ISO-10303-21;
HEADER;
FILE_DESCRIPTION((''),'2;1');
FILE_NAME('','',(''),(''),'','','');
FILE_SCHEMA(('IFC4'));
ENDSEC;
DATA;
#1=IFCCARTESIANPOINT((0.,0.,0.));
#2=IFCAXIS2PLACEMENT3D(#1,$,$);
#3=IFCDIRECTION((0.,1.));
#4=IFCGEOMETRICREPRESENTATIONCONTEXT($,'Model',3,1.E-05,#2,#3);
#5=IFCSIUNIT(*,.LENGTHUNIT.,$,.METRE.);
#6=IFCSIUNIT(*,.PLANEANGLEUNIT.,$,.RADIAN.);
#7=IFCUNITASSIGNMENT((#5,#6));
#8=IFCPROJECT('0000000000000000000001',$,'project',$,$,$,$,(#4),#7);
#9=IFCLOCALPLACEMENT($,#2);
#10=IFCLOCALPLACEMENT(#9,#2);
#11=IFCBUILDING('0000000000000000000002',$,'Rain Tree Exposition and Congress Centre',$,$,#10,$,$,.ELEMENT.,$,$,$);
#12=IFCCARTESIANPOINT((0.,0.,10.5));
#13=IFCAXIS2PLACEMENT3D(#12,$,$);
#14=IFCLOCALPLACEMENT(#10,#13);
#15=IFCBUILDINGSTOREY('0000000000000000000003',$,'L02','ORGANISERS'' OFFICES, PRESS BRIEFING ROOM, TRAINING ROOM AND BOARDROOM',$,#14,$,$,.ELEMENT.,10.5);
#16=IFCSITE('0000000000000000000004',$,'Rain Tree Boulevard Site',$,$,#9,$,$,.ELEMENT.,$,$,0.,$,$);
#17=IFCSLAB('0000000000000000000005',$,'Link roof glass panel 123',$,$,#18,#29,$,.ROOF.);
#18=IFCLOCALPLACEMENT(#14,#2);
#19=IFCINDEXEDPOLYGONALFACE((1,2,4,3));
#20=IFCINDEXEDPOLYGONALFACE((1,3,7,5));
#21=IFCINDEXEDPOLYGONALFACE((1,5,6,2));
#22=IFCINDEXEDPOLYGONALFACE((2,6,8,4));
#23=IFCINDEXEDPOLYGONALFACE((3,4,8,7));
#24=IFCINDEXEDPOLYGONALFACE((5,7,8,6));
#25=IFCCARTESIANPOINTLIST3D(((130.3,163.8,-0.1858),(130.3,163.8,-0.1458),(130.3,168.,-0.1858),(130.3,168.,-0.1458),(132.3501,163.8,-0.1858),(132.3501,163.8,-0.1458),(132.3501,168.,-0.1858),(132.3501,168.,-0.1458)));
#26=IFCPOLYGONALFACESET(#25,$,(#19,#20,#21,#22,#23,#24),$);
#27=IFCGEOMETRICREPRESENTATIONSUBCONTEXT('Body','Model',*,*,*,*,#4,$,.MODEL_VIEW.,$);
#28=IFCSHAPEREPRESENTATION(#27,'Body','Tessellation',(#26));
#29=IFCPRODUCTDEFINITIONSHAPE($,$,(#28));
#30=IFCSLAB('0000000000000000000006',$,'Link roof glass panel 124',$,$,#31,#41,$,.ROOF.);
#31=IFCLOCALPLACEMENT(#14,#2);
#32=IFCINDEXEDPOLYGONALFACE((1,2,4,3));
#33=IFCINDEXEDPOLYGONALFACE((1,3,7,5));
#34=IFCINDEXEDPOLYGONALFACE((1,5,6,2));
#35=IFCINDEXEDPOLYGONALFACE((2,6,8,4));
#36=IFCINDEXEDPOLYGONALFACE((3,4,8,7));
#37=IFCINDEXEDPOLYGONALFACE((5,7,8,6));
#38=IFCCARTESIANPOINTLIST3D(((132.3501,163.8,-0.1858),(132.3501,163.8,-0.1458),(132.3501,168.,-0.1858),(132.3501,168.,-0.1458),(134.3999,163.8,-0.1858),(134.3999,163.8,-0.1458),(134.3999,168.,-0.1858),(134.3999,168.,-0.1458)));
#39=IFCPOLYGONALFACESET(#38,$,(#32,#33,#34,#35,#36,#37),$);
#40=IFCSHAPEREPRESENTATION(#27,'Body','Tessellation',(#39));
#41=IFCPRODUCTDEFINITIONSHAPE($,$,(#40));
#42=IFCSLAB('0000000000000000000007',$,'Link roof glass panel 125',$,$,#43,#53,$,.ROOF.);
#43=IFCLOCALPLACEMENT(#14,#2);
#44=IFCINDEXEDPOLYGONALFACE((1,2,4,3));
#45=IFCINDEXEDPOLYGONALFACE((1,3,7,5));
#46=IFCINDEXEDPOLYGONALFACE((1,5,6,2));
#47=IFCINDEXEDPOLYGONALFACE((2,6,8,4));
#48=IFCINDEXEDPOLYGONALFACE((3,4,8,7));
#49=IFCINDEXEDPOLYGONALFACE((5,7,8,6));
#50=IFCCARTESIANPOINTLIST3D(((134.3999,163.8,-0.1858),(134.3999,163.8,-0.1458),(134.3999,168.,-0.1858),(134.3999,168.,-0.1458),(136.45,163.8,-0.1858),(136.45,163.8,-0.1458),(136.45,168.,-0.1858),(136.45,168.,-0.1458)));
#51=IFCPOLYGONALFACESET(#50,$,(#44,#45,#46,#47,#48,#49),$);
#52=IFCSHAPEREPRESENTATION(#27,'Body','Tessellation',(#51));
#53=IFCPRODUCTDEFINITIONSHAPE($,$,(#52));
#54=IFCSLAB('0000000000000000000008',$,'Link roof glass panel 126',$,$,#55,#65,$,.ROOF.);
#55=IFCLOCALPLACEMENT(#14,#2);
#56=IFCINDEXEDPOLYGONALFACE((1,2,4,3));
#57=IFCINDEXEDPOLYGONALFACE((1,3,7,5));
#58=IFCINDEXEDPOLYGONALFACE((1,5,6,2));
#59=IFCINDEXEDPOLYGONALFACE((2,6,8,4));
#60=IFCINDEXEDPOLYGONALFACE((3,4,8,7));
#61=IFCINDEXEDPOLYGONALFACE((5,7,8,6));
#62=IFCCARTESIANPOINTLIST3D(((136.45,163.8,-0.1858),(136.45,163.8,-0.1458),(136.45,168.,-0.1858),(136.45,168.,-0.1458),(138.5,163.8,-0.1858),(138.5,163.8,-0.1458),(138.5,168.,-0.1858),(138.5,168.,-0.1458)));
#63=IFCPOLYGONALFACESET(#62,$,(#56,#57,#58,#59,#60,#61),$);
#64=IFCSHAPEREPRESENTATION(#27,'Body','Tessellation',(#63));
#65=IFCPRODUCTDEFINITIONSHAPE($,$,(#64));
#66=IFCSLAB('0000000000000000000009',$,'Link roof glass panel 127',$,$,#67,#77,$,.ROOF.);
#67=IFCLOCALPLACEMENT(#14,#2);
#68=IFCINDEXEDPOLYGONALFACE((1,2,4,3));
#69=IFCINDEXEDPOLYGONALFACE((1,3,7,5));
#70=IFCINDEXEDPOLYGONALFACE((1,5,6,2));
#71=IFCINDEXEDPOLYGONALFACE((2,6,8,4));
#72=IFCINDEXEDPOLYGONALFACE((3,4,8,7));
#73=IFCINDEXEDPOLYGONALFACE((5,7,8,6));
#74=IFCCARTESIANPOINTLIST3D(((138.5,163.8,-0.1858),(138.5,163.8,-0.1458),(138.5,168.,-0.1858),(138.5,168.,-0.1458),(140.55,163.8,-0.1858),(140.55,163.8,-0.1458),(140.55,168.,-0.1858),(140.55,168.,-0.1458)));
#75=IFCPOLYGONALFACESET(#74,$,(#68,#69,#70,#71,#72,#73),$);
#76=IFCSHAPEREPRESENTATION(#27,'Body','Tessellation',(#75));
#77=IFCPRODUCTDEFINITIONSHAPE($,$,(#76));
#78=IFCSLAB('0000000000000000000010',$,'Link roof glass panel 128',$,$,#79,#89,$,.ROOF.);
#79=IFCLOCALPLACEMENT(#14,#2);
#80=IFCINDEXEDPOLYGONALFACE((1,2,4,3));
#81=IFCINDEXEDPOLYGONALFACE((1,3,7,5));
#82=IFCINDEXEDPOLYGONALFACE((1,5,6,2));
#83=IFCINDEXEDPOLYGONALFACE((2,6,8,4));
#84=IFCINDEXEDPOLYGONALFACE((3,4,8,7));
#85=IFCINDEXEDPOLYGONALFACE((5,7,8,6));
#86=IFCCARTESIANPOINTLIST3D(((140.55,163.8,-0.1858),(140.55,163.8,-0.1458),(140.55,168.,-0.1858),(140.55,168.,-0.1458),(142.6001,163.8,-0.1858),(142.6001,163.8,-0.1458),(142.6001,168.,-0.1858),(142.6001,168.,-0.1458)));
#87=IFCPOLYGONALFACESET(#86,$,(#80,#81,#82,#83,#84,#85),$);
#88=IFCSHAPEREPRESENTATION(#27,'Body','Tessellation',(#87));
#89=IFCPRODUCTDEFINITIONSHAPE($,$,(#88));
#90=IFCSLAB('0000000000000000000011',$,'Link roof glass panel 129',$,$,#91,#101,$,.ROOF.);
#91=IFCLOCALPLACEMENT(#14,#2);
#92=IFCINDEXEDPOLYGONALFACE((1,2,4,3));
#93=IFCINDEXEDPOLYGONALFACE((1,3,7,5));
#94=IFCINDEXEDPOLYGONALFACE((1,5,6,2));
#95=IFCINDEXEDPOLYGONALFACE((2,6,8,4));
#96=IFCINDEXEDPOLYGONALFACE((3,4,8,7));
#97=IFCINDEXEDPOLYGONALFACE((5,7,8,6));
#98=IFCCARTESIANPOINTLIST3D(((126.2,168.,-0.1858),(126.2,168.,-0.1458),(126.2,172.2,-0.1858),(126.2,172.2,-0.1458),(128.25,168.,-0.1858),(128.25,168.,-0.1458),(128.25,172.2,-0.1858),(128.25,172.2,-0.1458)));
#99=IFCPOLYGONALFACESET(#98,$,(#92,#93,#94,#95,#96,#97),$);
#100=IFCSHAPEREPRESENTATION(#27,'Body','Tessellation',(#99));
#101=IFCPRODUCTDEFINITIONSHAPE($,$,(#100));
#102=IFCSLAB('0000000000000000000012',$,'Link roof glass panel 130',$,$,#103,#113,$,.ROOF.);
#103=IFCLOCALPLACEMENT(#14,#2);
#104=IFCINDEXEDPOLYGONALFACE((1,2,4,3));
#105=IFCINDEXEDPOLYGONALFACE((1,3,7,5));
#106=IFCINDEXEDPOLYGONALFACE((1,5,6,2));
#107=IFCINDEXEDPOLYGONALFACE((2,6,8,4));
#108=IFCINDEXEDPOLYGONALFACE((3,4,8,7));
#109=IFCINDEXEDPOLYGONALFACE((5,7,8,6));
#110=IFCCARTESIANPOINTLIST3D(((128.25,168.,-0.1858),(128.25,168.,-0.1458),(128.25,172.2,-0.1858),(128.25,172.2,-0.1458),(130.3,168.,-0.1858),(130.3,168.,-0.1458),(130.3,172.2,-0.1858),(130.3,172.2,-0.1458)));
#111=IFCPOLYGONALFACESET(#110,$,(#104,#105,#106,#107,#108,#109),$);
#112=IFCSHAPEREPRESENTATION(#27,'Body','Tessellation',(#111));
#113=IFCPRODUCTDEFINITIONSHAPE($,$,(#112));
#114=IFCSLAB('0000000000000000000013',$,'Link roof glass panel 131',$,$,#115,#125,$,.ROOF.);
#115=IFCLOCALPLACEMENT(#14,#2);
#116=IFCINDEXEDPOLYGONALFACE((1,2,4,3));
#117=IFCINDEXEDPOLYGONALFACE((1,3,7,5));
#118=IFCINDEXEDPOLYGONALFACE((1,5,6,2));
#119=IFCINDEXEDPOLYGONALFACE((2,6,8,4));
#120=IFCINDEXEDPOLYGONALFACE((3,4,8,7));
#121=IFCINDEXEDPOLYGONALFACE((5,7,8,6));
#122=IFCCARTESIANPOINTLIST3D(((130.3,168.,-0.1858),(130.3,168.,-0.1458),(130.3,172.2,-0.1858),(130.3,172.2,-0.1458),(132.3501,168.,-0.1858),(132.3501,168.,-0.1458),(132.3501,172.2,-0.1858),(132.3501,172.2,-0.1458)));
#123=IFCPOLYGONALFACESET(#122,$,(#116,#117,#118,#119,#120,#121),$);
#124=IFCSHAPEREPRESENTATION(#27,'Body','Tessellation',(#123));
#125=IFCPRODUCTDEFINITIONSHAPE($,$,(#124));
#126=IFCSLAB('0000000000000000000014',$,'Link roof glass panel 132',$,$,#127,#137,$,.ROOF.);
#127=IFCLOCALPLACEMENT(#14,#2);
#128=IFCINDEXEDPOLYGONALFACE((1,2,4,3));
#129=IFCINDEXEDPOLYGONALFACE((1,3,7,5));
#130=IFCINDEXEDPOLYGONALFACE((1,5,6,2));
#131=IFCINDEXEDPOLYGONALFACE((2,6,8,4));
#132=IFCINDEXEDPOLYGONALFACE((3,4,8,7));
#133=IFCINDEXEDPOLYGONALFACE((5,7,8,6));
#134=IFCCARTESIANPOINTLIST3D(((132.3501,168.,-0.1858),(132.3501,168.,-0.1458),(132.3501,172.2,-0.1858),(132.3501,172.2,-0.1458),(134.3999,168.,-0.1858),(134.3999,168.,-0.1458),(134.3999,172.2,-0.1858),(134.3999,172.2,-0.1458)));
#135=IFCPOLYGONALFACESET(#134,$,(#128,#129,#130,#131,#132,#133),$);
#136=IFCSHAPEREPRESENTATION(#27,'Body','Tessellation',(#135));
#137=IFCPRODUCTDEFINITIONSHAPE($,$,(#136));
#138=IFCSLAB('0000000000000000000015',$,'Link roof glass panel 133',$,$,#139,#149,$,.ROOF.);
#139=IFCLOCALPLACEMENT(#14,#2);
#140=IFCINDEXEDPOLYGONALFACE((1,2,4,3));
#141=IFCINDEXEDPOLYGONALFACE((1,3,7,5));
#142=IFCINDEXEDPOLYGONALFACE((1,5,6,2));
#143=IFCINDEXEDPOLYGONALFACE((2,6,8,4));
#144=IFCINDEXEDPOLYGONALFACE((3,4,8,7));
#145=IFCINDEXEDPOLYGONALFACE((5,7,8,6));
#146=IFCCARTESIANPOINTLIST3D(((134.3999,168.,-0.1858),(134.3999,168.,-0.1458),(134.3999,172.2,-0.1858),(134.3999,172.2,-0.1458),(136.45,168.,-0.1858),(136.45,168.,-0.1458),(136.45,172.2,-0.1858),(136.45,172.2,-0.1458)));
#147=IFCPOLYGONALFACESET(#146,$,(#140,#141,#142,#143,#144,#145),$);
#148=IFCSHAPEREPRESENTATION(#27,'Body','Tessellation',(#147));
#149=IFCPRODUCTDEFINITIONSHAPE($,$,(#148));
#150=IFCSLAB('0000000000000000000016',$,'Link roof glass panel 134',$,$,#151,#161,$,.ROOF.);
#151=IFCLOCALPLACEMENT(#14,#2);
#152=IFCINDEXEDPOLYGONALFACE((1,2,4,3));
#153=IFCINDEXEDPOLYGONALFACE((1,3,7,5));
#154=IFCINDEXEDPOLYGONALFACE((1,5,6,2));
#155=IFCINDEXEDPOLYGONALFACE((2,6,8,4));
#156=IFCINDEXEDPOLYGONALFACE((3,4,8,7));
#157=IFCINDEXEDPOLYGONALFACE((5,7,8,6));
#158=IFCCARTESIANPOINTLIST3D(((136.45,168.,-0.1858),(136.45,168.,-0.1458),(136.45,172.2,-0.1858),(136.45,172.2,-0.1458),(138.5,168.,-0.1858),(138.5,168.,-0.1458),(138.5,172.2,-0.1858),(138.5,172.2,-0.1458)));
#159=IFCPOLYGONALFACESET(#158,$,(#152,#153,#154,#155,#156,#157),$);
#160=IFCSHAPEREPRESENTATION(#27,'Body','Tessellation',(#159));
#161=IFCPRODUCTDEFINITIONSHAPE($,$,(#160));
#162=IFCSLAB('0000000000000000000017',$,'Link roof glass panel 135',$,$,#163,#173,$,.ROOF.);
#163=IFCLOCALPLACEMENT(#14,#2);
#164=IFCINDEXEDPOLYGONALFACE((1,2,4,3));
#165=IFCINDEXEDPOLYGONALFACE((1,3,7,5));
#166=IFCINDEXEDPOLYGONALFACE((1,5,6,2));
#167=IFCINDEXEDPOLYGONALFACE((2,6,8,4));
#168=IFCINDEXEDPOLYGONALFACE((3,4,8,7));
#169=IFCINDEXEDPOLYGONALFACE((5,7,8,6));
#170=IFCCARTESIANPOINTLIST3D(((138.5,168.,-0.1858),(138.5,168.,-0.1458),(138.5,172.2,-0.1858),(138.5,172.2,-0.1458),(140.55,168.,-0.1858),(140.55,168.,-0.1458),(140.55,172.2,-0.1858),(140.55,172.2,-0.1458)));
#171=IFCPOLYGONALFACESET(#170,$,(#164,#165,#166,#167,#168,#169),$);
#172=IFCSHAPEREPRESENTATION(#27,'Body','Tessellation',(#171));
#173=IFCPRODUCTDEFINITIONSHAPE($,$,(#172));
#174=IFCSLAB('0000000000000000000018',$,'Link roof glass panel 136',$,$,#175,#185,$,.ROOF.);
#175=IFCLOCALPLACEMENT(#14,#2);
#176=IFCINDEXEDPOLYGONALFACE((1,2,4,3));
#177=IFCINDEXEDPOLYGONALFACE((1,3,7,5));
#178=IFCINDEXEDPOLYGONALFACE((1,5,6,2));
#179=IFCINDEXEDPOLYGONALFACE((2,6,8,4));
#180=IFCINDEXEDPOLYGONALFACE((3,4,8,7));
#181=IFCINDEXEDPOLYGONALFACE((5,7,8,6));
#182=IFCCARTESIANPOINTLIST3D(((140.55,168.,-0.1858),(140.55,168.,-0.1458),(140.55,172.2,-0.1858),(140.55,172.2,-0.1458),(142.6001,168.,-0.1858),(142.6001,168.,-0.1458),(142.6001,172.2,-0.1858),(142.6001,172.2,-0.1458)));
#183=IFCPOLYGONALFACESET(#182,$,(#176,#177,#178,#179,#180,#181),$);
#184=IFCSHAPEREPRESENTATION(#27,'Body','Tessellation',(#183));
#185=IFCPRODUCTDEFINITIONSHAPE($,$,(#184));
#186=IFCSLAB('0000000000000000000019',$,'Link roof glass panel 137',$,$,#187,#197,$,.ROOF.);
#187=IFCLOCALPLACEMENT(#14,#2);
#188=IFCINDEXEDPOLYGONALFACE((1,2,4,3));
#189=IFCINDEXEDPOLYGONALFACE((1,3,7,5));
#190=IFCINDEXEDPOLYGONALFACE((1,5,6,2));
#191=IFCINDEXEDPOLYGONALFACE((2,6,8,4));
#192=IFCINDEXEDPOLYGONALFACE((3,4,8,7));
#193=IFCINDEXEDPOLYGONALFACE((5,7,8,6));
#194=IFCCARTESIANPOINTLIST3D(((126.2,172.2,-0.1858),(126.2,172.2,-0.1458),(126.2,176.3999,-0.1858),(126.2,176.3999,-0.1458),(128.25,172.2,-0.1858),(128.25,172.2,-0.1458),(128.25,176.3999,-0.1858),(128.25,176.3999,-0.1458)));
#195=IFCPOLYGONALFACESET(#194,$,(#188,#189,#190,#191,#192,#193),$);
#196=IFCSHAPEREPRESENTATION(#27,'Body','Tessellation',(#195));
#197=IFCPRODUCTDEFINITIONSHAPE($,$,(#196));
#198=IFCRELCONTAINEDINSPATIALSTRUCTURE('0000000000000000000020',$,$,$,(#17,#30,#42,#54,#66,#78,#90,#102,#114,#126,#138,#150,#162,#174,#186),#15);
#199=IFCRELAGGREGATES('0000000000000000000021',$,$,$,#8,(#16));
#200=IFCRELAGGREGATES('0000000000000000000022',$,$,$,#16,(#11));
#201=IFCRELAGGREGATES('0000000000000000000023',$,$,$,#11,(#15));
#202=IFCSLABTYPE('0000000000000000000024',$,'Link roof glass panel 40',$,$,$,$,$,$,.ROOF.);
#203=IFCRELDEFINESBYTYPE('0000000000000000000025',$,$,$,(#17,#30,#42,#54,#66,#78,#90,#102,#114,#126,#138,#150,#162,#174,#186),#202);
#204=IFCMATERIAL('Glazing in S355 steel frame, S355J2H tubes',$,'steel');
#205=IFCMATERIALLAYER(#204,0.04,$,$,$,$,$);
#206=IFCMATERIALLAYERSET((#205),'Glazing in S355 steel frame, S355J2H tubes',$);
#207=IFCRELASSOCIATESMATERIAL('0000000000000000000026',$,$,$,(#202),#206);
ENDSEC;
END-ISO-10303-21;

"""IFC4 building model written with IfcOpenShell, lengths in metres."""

from ifc_helpers import new_model, si_unit, direction, frame, origin, place, context, subcontext, project, spatial, polyline, outline, extrude, material, layer, layer_set, type_object, element, save


model = new_model("IFC4")

# Units and contexts
model_context = context("Model", 3, precision=1e-05, world=origin(), true_north=direction((0.0, 1.0)))
body_context = subcontext(model_context, "Body", "Model", "MODEL_VIEW")
ifc_project = project(units=[si_unit("LENGTHUNIT", "METRE"), si_unit("PLANEANGLEUNIT", "RADIAN")], contexts=[model_context])

# Site, building, storey
site_placement = place(None, origin())
site = spatial("IfcSite", under=ifc_project, at=site_placement, Name="Rain Tree Boulevard Site", CompositionType="ELEMENT", RefElevation=0.0)
building_placement = place(site_placement, origin())
building = spatial("IfcBuilding", under=site, at=building_placement, Name="Rain Tree Exposition and Congress Centre", CompositionType="ELEMENT")
storey_placement = place(building_placement, frame((0.0, 0.0, 10.5)))
storey = spatial("IfcBuildingStorey", under=building, at=storey_placement, Name="L02", Description="ORGANISERS' OFFICES, PRESS BRIEFING ROOM, TRAINING ROOM AND BOARDROOM", CompositionType="ELEMENT", Elevation=10.5)

# Slabs
ifc_material = material(Name="Glazing in S355 steel frame, S355J2H tubes", Category="steel")
ifc_layer = layer(ifc_material, 0.04)
ifc_layer_set = layer_set([ifc_layer], Name="Glazing in S355 steel frame, S355J2H tubes")
slab_type = type_object("IfcSlabType", Name="Link roof glass panel 40", PredefinedType="ROOF", material=ifc_layer_set)
slab_1_placement = place(storey_placement, frame((0.0, 0.0, -0.1858)))
element("IfcSlab", 1, at=slab_1_placement, inside=storey, type_object=slab_type, Name="Link roof glass panel 123", PredefinedType="ROOF", context=body_context, shape_type="SweptSolid", body=[
    extrude(outline(polyline([(130.3, 163.8), (132.3501, 163.8), (132.3501, 168.0), (130.3, 168.0), (130.3, 163.8)])), origin(), (0.0, 0.0, 1.0), 0.04),
])
slab_2_placement = place(storey_placement, frame((0.0, 0.0, -0.1858)))
element("IfcSlab", 2, at=slab_2_placement, inside=storey, type_object=slab_type, Name="Link roof glass panel 124", PredefinedType="ROOF", context=body_context, shape_type="SweptSolid", body=[
    extrude(outline(polyline([(132.3501, 163.8), (134.3999, 163.8), (134.3999, 168.0), (132.3501, 168.0), (132.3501, 163.8)])), origin(), (0.0, 0.0, 1.0), 0.04),
])
slab_3_placement = place(storey_placement, frame((0.0, 0.0, -0.1858)))
element("IfcSlab", 3, at=slab_3_placement, inside=storey, type_object=slab_type, Name="Link roof glass panel 125", PredefinedType="ROOF", context=body_context, shape_type="SweptSolid", body=[
    extrude(outline(polyline([(134.3999, 163.8), (136.45, 163.8), (136.45, 168.0), (134.3999, 168.0), (134.3999, 163.8)])), origin(), (0.0, 0.0, 1.0), 0.04),
])
slab_4_placement = place(storey_placement, frame((0.0, 0.0, -0.1858)))
element("IfcSlab", 4, at=slab_4_placement, inside=storey, type_object=slab_type, Name="Link roof glass panel 126", PredefinedType="ROOF", context=body_context, shape_type="SweptSolid", body=[
    extrude(outline(polyline([(136.45, 163.8), (138.5, 163.8), (138.5, 168.0), (136.45, 168.0), (136.45, 163.8)])), origin(), (0.0, 0.0, 1.0), 0.04),
])
slab_5_placement = place(storey_placement, frame((0.0, 0.0, -0.1858)))
element("IfcSlab", 5, at=slab_5_placement, inside=storey, type_object=slab_type, Name="Link roof glass panel 127", PredefinedType="ROOF", context=body_context, shape_type="SweptSolid", body=[
    extrude(outline(polyline([(138.5, 163.8), (140.55, 163.8), (140.55, 168.0), (138.5, 168.0), (138.5, 163.8)])), origin(), (0.0, 0.0, 1.0), 0.04),
])
slab_6_placement = place(storey_placement, frame((0.0, 0.0, -0.1858)))
element("IfcSlab", 6, at=slab_6_placement, inside=storey, type_object=slab_type, Name="Link roof glass panel 128", PredefinedType="ROOF", context=body_context, shape_type="SweptSolid", body=[
    extrude(outline(polyline([(140.55, 163.8), (142.6001, 163.8), (142.6001, 168.0), (140.55, 168.0), (140.55, 163.8)])), origin(), (0.0, 0.0, 1.0), 0.04),
])
slab_7_placement = place(storey_placement, frame((0.0, 0.0, -0.1858)))
element("IfcSlab", 7, at=slab_7_placement, inside=storey, type_object=slab_type, Name="Link roof glass panel 129", PredefinedType="ROOF", context=body_context, shape_type="SweptSolid", body=[
    extrude(outline(polyline([(126.2, 168.0), (128.25, 168.0), (128.25, 172.2), (126.2, 172.2), (126.2, 168.0)])), origin(), (0.0, 0.0, 1.0), 0.04),
])
slab_8_placement = place(storey_placement, frame((0.0, 0.0, -0.1858)))
element("IfcSlab", 8, at=slab_8_placement, inside=storey, type_object=slab_type, Name="Link roof glass panel 130", PredefinedType="ROOF", context=body_context, shape_type="SweptSolid", body=[
    extrude(outline(polyline([(128.25, 168.0), (130.3, 168.0), (130.3, 172.2), (128.25, 172.2), (128.25, 168.0)])), origin(), (0.0, 0.0, 1.0), 0.04),
])
slab_9_placement = place(storey_placement, frame((0.0, 0.0, -0.1858)))
element("IfcSlab", 9, at=slab_9_placement, inside=storey, type_object=slab_type, Name="Link roof glass panel 131", PredefinedType="ROOF", context=body_context, shape_type="SweptSolid", body=[
    extrude(outline(polyline([(130.3, 168.0), (132.3501, 168.0), (132.3501, 172.2), (130.3, 172.2), (130.3, 168.0)])), origin(), (0.0, 0.0, 1.0), 0.04),
])
slab_10_placement = place(storey_placement, frame((0.0, 0.0, -0.1858)))
element("IfcSlab", 10, at=slab_10_placement, inside=storey, type_object=slab_type, Name="Link roof glass panel 132", PredefinedType="ROOF", context=body_context, shape_type="SweptSolid", body=[
    extrude(outline(polyline([(132.3501, 168.0), (134.3999, 168.0), (134.3999, 172.2), (132.3501, 172.2), (132.3501, 168.0)])), origin(), (0.0, 0.0, 1.0), 0.04),
])
slab_11_placement = place(storey_placement, frame((0.0, 0.0, -0.1858)))
element("IfcSlab", 11, at=slab_11_placement, inside=storey, type_object=slab_type, Name="Link roof glass panel 133", PredefinedType="ROOF", context=body_context, shape_type="SweptSolid", body=[
    extrude(outline(polyline([(134.3999, 168.0), (136.45, 168.0), (136.45, 172.2), (134.3999, 172.2), (134.3999, 168.0)])), origin(), (0.0, 0.0, 1.0), 0.04),
])
slab_12_placement = place(storey_placement, frame((0.0, 0.0, -0.1858)))
element("IfcSlab", 12, at=slab_12_placement, inside=storey, type_object=slab_type, Name="Link roof glass panel 134", PredefinedType="ROOF", context=body_context, shape_type="SweptSolid", body=[
    extrude(outline(polyline([(136.45, 168.0), (138.5, 168.0), (138.5, 172.2), (136.45, 172.2), (136.45, 168.0)])), origin(), (0.0, 0.0, 1.0), 0.04),
])
slab_13_placement = place(storey_placement, frame((0.0, 0.0, -0.1858)))
element("IfcSlab", 13, at=slab_13_placement, inside=storey, type_object=slab_type, Name="Link roof glass panel 135", PredefinedType="ROOF", context=body_context, shape_type="SweptSolid", body=[
    extrude(outline(polyline([(138.5, 168.0), (140.55, 168.0), (140.55, 172.2), (138.5, 172.2), (138.5, 168.0)])), origin(), (0.0, 0.0, 1.0), 0.04),
])
slab_14_placement = place(storey_placement, frame((0.0, 0.0, -0.1858)))
element("IfcSlab", 14, at=slab_14_placement, inside=storey, type_object=slab_type, Name="Link roof glass panel 136", PredefinedType="ROOF", context=body_context, shape_type="SweptSolid", body=[
    extrude(outline(polyline([(140.55, 168.0), (142.6001, 168.0), (142.6001, 172.2), (140.55, 172.2), (140.55, 168.0)])), origin(), (0.0, 0.0, 1.0), 0.04),
])
slab_15_placement = place(storey_placement, frame((0.0, 0.0, -0.1858)))
element("IfcSlab", 15, at=slab_15_placement, inside=storey, type_object=slab_type, Name="Link roof glass panel 137", PredefinedType="ROOF", context=body_context, shape_type="SweptSolid", body=[
    extrude(outline(polyline([(126.2, 172.2), (128.25, 172.2), (128.25, 176.3999), (126.2, 176.3999), (126.2, 172.2)])), origin(), (0.0, 0.0, 1.0), 0.04),
])

save(model, "model.ifc")
